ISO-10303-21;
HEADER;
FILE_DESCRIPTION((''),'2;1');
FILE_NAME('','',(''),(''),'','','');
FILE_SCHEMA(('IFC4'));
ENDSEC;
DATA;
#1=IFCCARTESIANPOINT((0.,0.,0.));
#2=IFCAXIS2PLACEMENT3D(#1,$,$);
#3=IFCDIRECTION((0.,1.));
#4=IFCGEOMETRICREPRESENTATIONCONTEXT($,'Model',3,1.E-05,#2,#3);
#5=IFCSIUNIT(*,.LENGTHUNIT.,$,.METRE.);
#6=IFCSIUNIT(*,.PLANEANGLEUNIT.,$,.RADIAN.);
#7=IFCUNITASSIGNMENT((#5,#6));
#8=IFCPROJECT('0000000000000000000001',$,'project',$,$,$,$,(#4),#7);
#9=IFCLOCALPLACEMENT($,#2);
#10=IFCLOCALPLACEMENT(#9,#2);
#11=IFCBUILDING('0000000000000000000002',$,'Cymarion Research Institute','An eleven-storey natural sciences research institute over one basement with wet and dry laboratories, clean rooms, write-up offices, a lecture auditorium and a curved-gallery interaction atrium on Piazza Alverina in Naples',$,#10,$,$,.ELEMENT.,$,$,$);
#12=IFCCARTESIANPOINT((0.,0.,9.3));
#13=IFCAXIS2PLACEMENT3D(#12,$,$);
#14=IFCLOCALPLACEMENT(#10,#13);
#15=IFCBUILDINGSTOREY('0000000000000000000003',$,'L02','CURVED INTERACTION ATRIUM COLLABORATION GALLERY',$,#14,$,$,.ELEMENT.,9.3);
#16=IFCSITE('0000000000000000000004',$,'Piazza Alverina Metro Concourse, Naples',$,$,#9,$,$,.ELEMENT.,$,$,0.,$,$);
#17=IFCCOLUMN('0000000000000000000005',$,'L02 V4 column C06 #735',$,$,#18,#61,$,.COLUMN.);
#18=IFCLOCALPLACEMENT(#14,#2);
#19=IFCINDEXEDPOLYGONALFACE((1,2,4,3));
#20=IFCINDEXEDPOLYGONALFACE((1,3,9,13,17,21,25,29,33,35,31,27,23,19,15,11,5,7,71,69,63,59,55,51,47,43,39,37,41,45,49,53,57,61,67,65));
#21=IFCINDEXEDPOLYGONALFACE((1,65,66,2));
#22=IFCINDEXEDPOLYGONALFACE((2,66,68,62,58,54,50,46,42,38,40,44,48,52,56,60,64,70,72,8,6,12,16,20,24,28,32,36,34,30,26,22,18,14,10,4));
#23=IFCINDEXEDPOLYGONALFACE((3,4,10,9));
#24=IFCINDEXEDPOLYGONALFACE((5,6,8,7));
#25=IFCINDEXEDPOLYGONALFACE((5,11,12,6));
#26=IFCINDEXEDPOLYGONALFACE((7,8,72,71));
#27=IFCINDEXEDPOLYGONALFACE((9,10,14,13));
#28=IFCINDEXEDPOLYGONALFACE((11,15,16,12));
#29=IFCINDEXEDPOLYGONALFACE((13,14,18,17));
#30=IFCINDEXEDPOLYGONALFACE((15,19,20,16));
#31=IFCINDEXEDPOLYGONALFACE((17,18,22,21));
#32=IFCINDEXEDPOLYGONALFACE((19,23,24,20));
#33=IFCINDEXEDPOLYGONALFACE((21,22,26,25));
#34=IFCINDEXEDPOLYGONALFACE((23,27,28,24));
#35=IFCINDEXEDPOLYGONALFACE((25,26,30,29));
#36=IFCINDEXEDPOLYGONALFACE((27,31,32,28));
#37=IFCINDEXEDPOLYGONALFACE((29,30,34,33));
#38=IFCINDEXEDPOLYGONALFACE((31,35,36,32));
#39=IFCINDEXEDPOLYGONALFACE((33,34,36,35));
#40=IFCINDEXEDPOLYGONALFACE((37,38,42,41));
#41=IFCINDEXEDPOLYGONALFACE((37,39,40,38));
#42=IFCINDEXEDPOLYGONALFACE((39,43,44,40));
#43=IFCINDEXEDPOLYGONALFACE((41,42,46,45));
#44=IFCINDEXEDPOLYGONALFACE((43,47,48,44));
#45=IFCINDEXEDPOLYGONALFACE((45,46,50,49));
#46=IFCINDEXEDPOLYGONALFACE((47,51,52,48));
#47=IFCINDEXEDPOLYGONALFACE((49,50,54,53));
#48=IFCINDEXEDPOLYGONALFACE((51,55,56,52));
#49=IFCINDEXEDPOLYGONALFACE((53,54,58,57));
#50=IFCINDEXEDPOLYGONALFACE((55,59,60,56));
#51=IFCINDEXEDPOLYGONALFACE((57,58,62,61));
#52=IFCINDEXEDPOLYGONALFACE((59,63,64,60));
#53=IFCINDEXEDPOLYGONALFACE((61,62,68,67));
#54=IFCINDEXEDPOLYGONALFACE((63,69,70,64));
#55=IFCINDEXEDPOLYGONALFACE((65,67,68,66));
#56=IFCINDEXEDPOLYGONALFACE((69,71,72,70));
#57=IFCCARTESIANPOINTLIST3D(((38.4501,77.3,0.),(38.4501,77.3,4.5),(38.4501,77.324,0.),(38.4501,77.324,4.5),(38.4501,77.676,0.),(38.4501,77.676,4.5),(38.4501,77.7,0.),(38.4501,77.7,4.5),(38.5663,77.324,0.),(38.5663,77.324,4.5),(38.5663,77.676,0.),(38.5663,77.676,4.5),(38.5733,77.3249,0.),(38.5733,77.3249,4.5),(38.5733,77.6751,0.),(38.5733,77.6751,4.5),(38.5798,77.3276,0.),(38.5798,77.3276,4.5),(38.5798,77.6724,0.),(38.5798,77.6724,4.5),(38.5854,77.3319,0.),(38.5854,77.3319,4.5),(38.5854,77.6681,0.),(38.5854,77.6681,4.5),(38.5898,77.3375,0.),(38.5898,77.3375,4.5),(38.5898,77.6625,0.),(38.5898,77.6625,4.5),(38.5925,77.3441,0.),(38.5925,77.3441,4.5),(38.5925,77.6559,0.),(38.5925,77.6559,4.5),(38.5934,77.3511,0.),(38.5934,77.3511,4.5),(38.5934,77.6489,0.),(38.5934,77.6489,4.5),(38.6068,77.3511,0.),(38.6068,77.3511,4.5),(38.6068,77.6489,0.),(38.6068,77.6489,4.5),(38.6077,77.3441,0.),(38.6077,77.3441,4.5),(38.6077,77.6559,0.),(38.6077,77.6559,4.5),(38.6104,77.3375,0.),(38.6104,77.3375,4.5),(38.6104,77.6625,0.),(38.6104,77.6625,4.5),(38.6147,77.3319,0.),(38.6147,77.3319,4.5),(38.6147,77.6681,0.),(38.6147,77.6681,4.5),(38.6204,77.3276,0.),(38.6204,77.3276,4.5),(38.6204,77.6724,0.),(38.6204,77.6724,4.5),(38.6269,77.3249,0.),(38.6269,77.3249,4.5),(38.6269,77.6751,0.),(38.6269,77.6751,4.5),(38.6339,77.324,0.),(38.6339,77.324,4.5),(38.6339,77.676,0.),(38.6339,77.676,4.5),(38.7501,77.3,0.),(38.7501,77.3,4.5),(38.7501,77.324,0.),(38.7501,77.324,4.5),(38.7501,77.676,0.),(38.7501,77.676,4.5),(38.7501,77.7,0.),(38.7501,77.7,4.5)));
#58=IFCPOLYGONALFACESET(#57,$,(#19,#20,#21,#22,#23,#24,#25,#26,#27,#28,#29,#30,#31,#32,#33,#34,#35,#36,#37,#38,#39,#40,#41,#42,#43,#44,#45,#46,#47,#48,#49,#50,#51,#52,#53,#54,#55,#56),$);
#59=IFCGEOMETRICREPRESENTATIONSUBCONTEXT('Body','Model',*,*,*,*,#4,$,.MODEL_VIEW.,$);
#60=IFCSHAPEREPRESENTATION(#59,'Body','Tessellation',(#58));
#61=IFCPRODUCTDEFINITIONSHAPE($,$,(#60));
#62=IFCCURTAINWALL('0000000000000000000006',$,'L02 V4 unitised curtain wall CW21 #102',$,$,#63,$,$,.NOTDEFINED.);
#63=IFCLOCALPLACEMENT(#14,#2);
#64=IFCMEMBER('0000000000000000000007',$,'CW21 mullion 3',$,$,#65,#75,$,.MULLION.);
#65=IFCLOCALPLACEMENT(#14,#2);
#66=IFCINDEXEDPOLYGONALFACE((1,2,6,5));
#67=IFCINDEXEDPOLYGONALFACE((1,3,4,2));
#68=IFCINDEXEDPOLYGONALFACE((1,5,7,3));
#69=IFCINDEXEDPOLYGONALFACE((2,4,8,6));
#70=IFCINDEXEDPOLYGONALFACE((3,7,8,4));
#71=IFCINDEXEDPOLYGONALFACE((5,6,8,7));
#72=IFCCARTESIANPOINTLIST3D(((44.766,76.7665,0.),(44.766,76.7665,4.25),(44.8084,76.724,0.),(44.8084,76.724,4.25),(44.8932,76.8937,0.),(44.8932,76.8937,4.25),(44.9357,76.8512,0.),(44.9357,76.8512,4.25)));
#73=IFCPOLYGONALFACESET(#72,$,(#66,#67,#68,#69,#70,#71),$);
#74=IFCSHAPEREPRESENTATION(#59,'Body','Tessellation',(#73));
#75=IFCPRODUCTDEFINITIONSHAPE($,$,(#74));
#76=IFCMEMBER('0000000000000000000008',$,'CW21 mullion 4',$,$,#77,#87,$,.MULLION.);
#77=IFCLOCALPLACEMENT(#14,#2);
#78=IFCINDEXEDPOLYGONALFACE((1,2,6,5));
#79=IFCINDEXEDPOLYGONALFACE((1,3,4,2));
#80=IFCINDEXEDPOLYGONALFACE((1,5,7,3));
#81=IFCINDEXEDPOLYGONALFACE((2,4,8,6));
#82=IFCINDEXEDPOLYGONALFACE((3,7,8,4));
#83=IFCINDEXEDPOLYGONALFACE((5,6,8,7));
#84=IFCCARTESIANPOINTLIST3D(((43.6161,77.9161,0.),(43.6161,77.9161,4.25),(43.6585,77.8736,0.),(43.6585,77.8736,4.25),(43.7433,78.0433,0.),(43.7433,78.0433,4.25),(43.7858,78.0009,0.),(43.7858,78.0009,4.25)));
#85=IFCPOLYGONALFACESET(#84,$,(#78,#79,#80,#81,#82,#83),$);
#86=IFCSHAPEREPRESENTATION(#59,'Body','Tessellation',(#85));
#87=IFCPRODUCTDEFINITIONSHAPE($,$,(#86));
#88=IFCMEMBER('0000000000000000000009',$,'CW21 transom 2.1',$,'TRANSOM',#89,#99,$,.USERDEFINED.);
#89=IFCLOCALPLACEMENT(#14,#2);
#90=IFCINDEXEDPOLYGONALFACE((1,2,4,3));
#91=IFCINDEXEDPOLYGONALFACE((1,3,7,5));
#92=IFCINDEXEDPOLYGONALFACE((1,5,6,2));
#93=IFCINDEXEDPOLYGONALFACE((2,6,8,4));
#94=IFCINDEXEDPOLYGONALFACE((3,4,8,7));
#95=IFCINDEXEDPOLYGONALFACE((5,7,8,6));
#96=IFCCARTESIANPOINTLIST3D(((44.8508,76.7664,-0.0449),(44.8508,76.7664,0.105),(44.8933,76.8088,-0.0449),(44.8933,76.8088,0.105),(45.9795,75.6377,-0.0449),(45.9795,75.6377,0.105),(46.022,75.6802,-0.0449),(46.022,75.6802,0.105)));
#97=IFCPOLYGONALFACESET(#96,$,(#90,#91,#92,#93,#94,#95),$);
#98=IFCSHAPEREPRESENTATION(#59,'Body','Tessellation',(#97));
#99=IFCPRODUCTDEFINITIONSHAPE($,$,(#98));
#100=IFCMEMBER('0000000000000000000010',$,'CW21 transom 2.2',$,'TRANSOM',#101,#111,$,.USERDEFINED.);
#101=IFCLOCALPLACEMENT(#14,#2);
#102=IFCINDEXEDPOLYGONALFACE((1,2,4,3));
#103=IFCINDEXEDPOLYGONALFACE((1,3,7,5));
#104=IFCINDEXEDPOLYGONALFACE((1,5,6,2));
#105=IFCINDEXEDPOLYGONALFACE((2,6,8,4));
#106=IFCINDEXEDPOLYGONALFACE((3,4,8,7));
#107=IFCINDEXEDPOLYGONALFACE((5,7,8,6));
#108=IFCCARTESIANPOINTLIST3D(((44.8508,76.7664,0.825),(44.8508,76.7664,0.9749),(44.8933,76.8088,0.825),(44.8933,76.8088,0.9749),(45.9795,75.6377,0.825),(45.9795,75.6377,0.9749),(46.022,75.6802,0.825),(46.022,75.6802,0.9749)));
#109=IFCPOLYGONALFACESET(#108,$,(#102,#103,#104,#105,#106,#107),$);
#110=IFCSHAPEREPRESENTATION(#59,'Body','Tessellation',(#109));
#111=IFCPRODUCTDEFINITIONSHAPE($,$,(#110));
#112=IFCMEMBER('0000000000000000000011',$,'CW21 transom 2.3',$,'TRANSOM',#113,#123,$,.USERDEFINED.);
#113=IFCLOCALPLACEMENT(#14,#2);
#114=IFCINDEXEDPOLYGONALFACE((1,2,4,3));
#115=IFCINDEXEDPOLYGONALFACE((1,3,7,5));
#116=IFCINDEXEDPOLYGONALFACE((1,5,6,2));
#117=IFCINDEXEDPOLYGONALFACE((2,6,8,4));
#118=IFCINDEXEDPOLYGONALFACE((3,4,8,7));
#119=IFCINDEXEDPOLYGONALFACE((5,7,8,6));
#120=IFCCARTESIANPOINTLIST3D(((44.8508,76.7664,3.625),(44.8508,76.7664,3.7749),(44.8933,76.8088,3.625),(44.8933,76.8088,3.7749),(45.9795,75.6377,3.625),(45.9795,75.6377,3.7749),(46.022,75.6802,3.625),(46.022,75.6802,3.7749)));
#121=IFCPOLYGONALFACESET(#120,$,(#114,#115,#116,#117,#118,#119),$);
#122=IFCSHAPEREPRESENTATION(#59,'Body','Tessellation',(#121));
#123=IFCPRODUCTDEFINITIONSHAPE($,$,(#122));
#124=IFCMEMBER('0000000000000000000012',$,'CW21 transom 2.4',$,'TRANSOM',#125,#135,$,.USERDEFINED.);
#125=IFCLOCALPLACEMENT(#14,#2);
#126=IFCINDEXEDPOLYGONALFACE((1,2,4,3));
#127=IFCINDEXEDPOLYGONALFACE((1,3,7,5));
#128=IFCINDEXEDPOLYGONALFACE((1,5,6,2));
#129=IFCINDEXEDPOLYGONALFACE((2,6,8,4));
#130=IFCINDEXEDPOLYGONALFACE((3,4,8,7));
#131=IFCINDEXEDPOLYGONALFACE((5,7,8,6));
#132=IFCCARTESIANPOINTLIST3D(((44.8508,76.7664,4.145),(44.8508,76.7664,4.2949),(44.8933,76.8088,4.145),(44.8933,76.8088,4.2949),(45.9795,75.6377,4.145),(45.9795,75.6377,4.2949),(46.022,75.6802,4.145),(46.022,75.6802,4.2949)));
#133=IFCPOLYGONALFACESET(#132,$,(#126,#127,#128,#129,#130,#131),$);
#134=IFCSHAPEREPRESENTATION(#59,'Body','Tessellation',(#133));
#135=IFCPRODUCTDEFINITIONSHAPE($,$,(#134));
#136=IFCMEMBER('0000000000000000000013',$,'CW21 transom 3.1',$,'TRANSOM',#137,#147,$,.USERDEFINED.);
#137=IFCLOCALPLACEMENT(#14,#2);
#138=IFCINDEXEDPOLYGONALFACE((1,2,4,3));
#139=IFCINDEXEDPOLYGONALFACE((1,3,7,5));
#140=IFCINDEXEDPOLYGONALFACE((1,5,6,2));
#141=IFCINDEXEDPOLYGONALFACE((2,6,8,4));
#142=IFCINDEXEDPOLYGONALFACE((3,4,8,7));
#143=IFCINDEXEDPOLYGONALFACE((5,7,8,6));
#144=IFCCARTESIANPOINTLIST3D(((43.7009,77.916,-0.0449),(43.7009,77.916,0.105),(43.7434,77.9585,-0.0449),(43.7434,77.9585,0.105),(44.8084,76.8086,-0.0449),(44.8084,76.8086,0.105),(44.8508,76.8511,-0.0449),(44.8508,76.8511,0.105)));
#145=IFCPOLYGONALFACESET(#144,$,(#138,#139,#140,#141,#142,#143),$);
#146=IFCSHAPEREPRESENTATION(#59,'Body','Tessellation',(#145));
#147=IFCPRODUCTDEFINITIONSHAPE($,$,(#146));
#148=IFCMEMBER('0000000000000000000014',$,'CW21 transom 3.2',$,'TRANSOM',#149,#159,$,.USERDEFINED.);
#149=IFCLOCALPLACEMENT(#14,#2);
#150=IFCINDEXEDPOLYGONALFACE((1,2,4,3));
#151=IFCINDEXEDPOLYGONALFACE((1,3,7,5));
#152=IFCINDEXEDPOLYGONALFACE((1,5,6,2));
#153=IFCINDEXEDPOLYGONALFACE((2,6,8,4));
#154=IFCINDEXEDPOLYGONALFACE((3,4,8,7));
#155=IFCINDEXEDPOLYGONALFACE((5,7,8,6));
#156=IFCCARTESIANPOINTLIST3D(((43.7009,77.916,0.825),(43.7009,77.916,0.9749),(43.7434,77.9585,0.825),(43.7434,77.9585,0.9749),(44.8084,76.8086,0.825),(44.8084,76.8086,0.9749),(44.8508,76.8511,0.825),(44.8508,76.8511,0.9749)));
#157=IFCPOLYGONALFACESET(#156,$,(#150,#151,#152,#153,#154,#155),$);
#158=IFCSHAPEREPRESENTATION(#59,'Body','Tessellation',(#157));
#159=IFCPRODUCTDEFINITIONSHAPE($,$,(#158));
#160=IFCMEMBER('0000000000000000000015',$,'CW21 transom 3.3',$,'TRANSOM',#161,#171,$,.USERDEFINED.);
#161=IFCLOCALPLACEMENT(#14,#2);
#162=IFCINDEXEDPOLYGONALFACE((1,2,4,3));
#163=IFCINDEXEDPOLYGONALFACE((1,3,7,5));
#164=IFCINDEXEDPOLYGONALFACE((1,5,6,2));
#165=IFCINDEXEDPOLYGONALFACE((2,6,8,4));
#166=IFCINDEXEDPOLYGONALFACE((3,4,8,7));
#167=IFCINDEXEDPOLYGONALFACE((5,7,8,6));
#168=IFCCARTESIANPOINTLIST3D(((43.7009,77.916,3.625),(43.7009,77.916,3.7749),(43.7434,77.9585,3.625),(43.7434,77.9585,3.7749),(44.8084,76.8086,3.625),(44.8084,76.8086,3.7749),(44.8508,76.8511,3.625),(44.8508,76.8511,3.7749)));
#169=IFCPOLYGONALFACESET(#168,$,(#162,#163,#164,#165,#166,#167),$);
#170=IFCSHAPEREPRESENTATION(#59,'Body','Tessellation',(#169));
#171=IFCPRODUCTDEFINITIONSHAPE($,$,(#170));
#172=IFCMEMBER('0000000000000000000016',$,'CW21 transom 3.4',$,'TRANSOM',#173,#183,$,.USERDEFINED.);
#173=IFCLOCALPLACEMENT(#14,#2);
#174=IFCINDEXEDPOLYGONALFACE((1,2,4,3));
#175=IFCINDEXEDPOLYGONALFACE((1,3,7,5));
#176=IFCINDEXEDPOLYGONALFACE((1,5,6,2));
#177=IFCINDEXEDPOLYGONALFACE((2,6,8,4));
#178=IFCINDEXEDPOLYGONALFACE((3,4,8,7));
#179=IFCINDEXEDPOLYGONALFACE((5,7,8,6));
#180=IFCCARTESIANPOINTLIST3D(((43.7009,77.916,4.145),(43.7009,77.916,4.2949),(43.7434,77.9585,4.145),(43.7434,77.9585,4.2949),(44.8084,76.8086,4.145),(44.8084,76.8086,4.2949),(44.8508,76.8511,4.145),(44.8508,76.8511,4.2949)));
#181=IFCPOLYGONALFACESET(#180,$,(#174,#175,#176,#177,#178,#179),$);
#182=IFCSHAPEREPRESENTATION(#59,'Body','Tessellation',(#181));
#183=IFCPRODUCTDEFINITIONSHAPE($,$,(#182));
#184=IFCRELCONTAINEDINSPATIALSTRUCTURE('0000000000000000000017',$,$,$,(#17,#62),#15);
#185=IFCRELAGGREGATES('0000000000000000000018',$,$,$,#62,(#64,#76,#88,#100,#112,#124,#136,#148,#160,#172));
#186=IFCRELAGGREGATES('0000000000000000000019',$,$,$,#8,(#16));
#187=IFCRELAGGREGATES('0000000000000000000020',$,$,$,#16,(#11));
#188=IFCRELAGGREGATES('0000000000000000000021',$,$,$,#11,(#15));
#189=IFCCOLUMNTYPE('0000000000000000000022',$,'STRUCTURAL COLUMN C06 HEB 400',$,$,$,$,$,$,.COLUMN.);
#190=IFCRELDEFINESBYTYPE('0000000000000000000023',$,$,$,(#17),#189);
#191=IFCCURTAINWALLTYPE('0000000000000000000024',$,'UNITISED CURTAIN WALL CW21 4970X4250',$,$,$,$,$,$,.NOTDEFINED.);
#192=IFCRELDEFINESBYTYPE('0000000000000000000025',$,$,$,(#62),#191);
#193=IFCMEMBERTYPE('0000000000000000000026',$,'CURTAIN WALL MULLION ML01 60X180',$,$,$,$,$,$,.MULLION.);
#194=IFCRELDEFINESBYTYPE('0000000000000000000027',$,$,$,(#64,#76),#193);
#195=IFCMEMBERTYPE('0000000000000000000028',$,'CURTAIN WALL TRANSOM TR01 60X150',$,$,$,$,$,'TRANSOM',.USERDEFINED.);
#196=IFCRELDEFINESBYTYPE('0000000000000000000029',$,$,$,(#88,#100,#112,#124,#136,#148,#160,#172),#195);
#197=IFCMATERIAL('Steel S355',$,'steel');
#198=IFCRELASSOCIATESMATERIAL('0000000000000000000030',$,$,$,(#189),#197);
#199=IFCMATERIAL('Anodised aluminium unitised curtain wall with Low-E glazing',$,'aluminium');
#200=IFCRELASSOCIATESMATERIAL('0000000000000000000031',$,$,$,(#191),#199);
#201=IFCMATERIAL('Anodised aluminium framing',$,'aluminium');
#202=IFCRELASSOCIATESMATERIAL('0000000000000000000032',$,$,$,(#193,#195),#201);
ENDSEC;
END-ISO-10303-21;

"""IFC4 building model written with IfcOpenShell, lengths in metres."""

from ifc_helpers import new_model, si_unit, direction, frame, origin, origin_2d, place, context, subcontext, project, spatial, rectangle, i_section, extrude, material, material_profile, profile_set, type_object, element, aggregate, save


model = new_model("IFC4")

# Units and contexts
model_context = context("Model", 3, precision=1e-05, world=origin(), true_north=direction((0.0, 1.0)))
body_context = subcontext(model_context, "Body", "Model", "MODEL_VIEW")
ifc_project = project(units=[si_unit("LENGTHUNIT", "METRE"), si_unit("PLANEANGLEUNIT", "RADIAN")], contexts=[model_context])

# Site, building, storey
site_placement = place(None, origin())
site = spatial("IfcSite", under=ifc_project, at=site_placement, Name="Piazza Alverina Metro Concourse, Naples", CompositionType="ELEMENT", RefElevation=0.0)
building_placement = place(site_placement, origin())
building = spatial("IfcBuilding", under=site, at=building_placement, Name="Cymarion Research Institute", Description="An eleven-storey natural sciences research institute over one basement with wet and dry laboratories, clean rooms, write-up offices, a lecture auditorium and a curved-gallery interaction atrium on Piazza Alverina in Naples", CompositionType="ELEMENT")
storey_placement = place(building_placement, frame((0.0, 0.0, 9.3)))
storey = spatial("IfcBuildingStorey", under=building, at=storey_placement, Name="L02", Description="CURVED INTERACTION ATRIUM COLLABORATION GALLERY", CompositionType="ELEMENT", Elevation=9.3)

# Column
ifc_material_1 = material(Name="Steel S355", Category="steel")
ifc_material_profile_1 = material_profile(ifc_material_1, i_section(OverallWidth=0.3, OverallDepth=0.3999, WebThickness=0.0134, FlangeThickness=0.0239, FilletRadius=0.0271, at=origin_2d()), Name="HEB 400")
ifc_profile_set_1 = profile_set([ifc_material_profile_1], Name="Steel S355")
column_type = type_object("IfcColumnType", Name="STRUCTURAL COLUMN C06 HEB 400", PredefinedType="COLUMN", material=ifc_profile_set_1)
column_placement = place(storey_placement, frame((38.6001, 77.5, 0.0), z_axis=(0.0, 0.0, 1.0), x_axis=(1.0, 0.0, 0.0)))
element("IfcColumn", 1, at=column_placement, inside=storey, type_object=column_type, Name="L02 V4 column C06 #735", PredefinedType="COLUMN", context=body_context, shape_type="SweptSolid", body=[
    extrude(i_section(OverallWidth=0.3, OverallDepth=0.3999, WebThickness=0.0134, FlangeThickness=0.0239, FilletRadius=0.0271, at=origin_2d()), origin(), (0.0, 0.0, 1.0), 4.5),
])

# Curtain wall, members
ifc_material_2 = material(Name="Anodised aluminium unitised curtain wall with Low-E glazing", Category="aluminium")
curtain_wall_type = type_object("IfcCurtainWallType", Name="UNITISED CURTAIN WALL CW21 4970X4250", PredefinedType="NOTDEFINED", material=ifc_material_2)
curtain_wall_placement = place(storey_placement, origin())
curtain_wall = element("IfcCurtainWall", 2, at=curtain_wall_placement, inside=storey, type_object=curtain_wall_type, Name="L02 V4 unitised curtain wall CW21 #102", PredefinedType="NOTDEFINED")
ifc_material_3 = material(Name="Anodised aluminium framing", Category="aluminium")
ifc_material_profile_2 = material_profile(ifc_material_3, rectangle(XDim=0.0601, YDim=0.1799, at=origin_2d()), Name="ALU MULLION 60x180")
ifc_profile_set_2 = profile_set([ifc_material_profile_2], Name="Anodised aluminium framing")
member_type_1 = type_object("IfcMemberType", Name="CURTAIN WALL MULLION ML01 60X180", PredefinedType="MULLION", material=ifc_profile_set_2)
member_1_placement = place(storey_placement, frame((44.8508, 76.8088, 0.0), z_axis=(0.0, 0.0, 1.0), x_axis=(-0.707097, 0.707117, 0.0)))
member_1 = element("IfcMember", 3, at=member_1_placement, type_object=member_type_1, Name="CW21 mullion 3", PredefinedType="MULLION", context=body_context, shape_type="SweptSolid", body=[
    extrude(rectangle(XDim=0.0601, YDim=0.1799, at=origin_2d()), origin(), (0.0, 0.0, 1.0), 4.25),
])
member_2_placement = place(storey_placement, frame((43.7009, 77.9585, 0.0), z_axis=(0.0, 0.0, 1.0), x_axis=(-0.707097, 0.707117, 0.0)))
member_2 = element("IfcMember", 4, at=member_2_placement, type_object=member_type_1, Name="CW21 mullion 4", PredefinedType="MULLION", context=body_context, shape_type="SweptSolid", body=[
    extrude(rectangle(XDim=0.0601, YDim=0.1799, at=origin_2d()), origin(), (0.0, 0.0, 1.0), 4.25),
])
ifc_material_profile_3 = material_profile(ifc_material_3, rectangle(XDim=0.0601, YDim=0.1499, at=origin_2d()), Name="ALU TRANSOM 60x150")
ifc_profile_set_3 = profile_set([ifc_material_profile_3], Name="Anodised aluminium framing")
member_type_2 = type_object("IfcMemberType", Name="CURTAIN WALL TRANSOM TR01 60X150", ElementType="TRANSOM", PredefinedType="USERDEFINED", material=ifc_profile_set_3)
member_3_placement = place(storey_placement, frame((46.0007, 75.6589, 0.03), z_axis=(-0.707107, 0.707107, 0.0), x_axis=(-0.707107, -0.707107, 0.0)))
member_3 = element("IfcMember", 5, at=member_3_placement, type_object=member_type_2, Name="CW21 transom 2.1", ObjectType="TRANSOM", PredefinedType="USERDEFINED", context=body_context, shape_type="SweptSolid", body=[
    extrude(rectangle(XDim=0.0601, YDim=0.1499, at=origin_2d()), origin(), (0.0, 0.0, 1.0), 1.5962),
])
member_4_placement = place(storey_placement, frame((46.0007, 75.6589, 0.8999), z_axis=(-0.707107, 0.707107, 0.0), x_axis=(-0.707107, -0.707107, 0.0)))
member_4 = element("IfcMember", 6, at=member_4_placement, type_object=member_type_2, Name="CW21 transom 2.2", ObjectType="TRANSOM", PredefinedType="USERDEFINED", context=body_context, shape_type="SweptSolid", body=[
    extrude(rectangle(XDim=0.0601, YDim=0.1499, at=origin_2d()), origin(), (0.0, 0.0, 1.0), 1.5962),
])
member_5_placement = place(storey_placement, frame((46.0007, 75.6589, 3.7), z_axis=(-0.707107, 0.707107, 0.0), x_axis=(-0.707107, -0.707107, 0.0)))
member_5 = element("IfcMember", 7, at=member_5_placement, type_object=member_type_2, Name="CW21 transom 2.3", ObjectType="TRANSOM", PredefinedType="USERDEFINED", context=body_context, shape_type="SweptSolid", body=[
    extrude(rectangle(XDim=0.0601, YDim=0.1499, at=origin_2d()), origin(), (0.0, 0.0, 1.0), 1.5962),
])
member_6_placement = place(storey_placement, frame((46.0007, 75.6589, 4.22), z_axis=(-0.707107, 0.707107, 0.0), x_axis=(-0.707107, -0.707107, 0.0)))
member_6 = element("IfcMember", 8, at=member_6_placement, type_object=member_type_2, Name="CW21 transom 2.4", ObjectType="TRANSOM", PredefinedType="USERDEFINED", context=body_context, shape_type="SweptSolid", body=[
    extrude(rectangle(XDim=0.0601, YDim=0.1499, at=origin_2d()), origin(), (0.0, 0.0, 1.0), 1.5962),
])
member_7_placement = place(storey_placement, frame((44.8296, 76.8298, 0.03), z_axis=(-0.707107, 0.707107, 0.0), x_axis=(-0.707107, -0.707107, 0.0)))
member_7 = element("IfcMember", 9, at=member_7_placement, type_object=member_type_2, Name="CW21 transom 3.1", ObjectType="TRANSOM", PredefinedType="USERDEFINED", context=body_context, shape_type="SweptSolid", body=[
    extrude(rectangle(XDim=0.0601, YDim=0.1499, at=origin_2d()), origin(), (0.0, 0.0, 1.0), 1.5662),
])
member_8_placement = place(storey_placement, frame((44.8296, 76.8298, 0.8999), z_axis=(-0.707107, 0.707107, 0.0), x_axis=(-0.707107, -0.707107, 0.0)))
member_8 = element("IfcMember", 10, at=member_8_placement, type_object=member_type_2, Name="CW21 transom 3.2", ObjectType="TRANSOM", PredefinedType="USERDEFINED", context=body_context, shape_type="SweptSolid", body=[
    extrude(rectangle(XDim=0.0601, YDim=0.1499, at=origin_2d()), origin(), (0.0, 0.0, 1.0), 1.5662),
])
member_9_placement = place(storey_placement, frame((44.8296, 76.8298, 3.7), z_axis=(-0.707107, 0.707107, 0.0), x_axis=(-0.707107, -0.707107, 0.0)))
member_9 = element("IfcMember", 11, at=member_9_placement, type_object=member_type_2, Name="CW21 transom 3.3", ObjectType="TRANSOM", PredefinedType="USERDEFINED", context=body_context, shape_type="SweptSolid", body=[
    extrude(rectangle(XDim=0.0601, YDim=0.1499, at=origin_2d()), origin(), (0.0, 0.0, 1.0), 1.5662),
])
member_10_placement = place(storey_placement, frame((44.8296, 76.8298, 4.22), z_axis=(-0.707107, 0.707107, 0.0), x_axis=(-0.707107, -0.707107, 0.0)))
member_10 = element("IfcMember", 12, at=member_10_placement, type_object=member_type_2, Name="CW21 transom 3.4", ObjectType="TRANSOM", PredefinedType="USERDEFINED", context=body_context, shape_type="SweptSolid", body=[
    extrude(rectangle(XDim=0.0601, YDim=0.1499, at=origin_2d()), origin(), (0.0, 0.0, 1.0), 1.5662),
])

aggregate(curtain_wall, [member_1, member_2, member_3, member_4, member_5, member_6, member_7, member_8, member_9, member_10])

save(model, "model.ifc")
